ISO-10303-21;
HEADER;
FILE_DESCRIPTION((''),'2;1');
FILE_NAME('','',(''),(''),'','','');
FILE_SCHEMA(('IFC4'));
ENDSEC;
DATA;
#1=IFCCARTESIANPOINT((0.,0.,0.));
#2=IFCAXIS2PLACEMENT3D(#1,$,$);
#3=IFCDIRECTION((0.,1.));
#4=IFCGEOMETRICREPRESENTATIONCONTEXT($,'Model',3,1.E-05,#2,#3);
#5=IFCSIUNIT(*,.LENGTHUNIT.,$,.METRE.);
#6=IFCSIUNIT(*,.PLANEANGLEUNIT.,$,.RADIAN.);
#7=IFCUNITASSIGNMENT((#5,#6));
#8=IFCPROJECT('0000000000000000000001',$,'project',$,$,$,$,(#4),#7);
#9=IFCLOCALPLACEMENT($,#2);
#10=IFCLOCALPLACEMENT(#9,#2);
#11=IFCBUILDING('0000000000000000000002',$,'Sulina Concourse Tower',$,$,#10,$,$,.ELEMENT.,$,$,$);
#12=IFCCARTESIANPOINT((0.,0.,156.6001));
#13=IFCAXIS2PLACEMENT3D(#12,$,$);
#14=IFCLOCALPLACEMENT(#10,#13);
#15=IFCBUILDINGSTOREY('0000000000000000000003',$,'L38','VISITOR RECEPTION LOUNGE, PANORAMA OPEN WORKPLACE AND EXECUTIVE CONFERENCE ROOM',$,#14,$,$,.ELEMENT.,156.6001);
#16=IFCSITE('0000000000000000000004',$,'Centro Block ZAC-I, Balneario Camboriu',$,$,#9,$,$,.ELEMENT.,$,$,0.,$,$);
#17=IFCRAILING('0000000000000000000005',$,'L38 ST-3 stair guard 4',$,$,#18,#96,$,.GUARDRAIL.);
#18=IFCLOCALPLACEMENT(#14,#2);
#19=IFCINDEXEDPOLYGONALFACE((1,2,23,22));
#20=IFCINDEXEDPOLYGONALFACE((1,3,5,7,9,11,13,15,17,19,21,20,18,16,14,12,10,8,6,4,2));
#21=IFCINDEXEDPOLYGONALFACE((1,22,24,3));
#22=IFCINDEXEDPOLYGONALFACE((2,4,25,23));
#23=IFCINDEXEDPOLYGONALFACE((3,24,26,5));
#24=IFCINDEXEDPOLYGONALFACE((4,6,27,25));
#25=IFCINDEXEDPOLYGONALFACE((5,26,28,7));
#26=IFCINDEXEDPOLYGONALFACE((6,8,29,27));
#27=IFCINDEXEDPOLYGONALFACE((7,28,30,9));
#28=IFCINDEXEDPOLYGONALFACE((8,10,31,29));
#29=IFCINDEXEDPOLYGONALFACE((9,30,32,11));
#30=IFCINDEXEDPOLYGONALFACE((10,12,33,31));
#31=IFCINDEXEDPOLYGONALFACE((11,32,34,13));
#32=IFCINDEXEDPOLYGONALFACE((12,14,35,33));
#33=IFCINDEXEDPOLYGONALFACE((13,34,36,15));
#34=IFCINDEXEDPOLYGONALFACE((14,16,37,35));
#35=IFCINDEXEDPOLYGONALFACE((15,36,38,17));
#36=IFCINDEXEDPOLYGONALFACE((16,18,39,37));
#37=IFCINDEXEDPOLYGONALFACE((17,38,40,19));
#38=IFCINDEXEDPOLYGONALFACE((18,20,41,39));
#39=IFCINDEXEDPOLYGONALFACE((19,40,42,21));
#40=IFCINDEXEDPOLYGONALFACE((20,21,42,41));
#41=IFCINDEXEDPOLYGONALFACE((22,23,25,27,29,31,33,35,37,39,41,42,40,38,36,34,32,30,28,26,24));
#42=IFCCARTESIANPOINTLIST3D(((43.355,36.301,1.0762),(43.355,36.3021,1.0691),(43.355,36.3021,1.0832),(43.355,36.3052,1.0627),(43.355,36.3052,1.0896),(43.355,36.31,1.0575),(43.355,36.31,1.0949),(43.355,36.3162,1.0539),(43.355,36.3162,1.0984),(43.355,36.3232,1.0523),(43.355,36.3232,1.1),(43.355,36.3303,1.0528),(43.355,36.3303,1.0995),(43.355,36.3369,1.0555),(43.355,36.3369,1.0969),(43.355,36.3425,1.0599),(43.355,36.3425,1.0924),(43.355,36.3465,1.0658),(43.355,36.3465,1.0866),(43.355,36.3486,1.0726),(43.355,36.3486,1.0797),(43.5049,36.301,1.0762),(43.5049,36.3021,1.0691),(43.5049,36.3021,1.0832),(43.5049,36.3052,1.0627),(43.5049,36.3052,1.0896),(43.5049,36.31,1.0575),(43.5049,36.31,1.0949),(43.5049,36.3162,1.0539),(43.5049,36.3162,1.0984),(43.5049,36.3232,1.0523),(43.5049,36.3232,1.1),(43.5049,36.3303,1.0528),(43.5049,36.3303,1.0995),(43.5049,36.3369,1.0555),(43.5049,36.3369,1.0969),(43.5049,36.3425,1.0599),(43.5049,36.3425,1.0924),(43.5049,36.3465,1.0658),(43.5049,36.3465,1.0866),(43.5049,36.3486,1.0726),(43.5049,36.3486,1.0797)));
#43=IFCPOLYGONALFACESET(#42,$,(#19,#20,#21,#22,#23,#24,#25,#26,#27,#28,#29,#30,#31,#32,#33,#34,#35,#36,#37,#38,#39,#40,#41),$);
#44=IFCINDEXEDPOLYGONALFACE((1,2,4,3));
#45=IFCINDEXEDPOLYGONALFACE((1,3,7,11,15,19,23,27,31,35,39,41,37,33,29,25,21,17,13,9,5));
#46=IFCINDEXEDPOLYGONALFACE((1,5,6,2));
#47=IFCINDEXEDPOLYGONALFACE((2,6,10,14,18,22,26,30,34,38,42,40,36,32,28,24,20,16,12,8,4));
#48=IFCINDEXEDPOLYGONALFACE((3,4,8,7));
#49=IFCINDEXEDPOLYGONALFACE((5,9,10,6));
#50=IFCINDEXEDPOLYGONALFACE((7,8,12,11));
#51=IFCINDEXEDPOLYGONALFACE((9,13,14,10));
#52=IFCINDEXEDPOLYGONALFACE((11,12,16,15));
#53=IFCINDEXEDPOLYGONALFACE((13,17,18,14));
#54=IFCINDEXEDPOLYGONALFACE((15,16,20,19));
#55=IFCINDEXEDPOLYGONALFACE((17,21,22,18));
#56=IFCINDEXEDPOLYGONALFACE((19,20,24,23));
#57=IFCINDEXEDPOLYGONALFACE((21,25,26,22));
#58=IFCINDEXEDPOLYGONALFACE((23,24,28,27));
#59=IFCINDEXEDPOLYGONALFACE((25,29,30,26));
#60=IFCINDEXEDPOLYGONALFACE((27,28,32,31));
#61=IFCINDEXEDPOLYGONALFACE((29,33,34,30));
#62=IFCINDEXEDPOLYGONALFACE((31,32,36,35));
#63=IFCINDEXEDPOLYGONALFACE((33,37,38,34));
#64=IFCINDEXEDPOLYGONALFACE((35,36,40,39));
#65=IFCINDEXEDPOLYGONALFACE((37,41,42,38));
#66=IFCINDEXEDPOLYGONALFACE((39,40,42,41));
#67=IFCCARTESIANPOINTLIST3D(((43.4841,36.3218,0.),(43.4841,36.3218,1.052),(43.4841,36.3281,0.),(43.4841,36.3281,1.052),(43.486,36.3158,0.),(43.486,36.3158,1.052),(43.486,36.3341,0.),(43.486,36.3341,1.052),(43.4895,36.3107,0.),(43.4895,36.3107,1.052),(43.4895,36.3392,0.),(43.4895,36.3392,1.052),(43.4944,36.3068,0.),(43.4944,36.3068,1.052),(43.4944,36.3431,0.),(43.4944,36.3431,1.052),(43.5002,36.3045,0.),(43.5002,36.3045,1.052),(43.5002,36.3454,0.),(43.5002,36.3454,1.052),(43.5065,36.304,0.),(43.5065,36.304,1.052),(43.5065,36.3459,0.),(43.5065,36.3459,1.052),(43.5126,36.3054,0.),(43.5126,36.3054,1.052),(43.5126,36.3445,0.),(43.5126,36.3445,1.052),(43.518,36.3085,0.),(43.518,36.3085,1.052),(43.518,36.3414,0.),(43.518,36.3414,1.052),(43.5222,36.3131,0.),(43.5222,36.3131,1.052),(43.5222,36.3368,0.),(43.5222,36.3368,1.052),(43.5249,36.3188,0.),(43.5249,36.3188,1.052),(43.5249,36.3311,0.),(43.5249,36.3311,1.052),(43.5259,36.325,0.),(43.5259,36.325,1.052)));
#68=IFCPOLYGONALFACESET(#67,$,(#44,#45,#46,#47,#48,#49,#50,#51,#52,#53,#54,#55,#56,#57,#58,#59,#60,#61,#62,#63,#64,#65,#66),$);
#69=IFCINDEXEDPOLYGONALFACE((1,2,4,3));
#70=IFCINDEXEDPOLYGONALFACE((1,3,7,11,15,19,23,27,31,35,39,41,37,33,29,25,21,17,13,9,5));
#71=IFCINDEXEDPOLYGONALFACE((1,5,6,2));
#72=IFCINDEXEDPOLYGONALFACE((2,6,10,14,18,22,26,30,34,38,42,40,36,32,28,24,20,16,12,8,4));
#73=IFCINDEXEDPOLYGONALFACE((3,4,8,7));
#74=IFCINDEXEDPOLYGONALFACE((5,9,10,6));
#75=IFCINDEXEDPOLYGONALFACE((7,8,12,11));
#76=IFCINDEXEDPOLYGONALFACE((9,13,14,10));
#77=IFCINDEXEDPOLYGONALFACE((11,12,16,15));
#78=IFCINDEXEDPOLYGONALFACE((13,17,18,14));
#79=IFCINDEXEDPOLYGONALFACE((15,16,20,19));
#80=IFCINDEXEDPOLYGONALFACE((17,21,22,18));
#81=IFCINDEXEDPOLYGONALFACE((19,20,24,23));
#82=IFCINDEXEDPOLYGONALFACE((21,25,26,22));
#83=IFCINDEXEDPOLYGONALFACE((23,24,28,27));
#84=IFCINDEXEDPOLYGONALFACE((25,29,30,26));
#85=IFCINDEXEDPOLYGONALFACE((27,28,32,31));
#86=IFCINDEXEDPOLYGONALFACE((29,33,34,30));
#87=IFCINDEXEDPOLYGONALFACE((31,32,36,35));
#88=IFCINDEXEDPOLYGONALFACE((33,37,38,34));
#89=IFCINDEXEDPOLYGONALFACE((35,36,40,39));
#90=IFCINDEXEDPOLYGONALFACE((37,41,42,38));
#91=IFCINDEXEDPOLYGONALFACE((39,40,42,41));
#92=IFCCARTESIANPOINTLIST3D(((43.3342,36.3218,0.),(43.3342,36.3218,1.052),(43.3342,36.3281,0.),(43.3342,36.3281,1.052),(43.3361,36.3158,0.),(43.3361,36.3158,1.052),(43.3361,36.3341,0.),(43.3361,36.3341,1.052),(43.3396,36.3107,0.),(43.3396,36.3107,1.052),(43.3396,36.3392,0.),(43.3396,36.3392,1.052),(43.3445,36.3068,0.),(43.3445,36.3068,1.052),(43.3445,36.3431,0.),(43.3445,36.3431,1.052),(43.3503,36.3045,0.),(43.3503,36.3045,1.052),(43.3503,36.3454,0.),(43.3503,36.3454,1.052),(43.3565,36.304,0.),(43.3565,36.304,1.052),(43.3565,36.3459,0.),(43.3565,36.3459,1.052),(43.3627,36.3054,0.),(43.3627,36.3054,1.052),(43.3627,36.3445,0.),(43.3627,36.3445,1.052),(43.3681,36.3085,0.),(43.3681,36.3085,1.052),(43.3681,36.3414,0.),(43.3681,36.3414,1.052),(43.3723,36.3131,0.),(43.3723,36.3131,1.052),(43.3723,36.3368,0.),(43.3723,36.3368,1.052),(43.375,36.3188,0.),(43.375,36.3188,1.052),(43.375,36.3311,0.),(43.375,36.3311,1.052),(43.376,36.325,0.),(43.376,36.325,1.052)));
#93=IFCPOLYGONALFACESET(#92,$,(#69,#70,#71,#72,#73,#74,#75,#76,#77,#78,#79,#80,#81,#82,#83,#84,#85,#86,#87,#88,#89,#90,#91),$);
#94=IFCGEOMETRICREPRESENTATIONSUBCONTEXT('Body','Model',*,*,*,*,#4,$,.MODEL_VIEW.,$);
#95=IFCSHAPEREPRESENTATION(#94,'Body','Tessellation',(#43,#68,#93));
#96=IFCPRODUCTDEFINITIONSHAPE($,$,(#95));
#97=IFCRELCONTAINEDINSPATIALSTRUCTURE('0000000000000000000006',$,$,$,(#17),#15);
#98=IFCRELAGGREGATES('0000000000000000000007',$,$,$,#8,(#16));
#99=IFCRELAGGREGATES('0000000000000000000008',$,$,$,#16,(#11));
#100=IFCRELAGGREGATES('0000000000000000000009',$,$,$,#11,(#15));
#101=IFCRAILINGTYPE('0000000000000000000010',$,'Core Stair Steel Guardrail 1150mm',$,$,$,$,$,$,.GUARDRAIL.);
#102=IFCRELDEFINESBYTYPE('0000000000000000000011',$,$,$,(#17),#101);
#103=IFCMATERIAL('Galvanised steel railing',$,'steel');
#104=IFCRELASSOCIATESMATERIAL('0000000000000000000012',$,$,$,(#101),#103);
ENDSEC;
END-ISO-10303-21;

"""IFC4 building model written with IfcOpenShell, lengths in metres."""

from ifc_helpers import new_model, si_unit, direction, frame, origin, origin_2d, place, context, subcontext, project, spatial, circle, extrude, material, type_object, element, save


model = new_model("IFC4")

# Units and contexts
model_context = context("Model", 3, precision=1e-05, world=origin(), true_north=direction((0.0, 1.0)))
body_context = subcontext(model_context, "Body", "Model", "MODEL_VIEW")
ifc_project = project(units=[si_unit("LENGTHUNIT", "METRE"), si_unit("PLANEANGLEUNIT", "RADIAN")], contexts=[model_context])

# Site, building, storey
site_placement = place(None, origin())
site = spatial("IfcSite", under=ifc_project, at=site_placement, Name="Centro Block ZAC-I, Balneario Camboriu", CompositionType="ELEMENT", RefElevation=0.0)
building_placement = place(site_placement, origin())
building = spatial("IfcBuilding", under=site, at=building_placement, Name="Sulina Concourse Tower", CompositionType="ELEMENT")
storey_placement = place(building_placement, frame((0.0, 0.0, 156.6001)))
storey = spatial("IfcBuildingStorey", under=building, at=storey_placement, Name="L38", Description="VISITOR RECEPTION LOUNGE, PANORAMA OPEN WORKPLACE AND EXECUTIVE CONFERENCE ROOM", CompositionType="ELEMENT", Elevation=156.6001)

# Railing
ifc_material_1 = material(Name="Galvanised steel railing", Category="steel")
railing_type_1 = type_object("IfcRailingType", Name="Core Stair Steel Guardrail 1150mm", PredefinedType="GUARDRAIL", material=ifc_material_1)
railing_1_placement = place(storey_placement, frame((43.5049, 36.325, 0.0)))
element("IfcRailing", 1, at=railing_1_placement, inside=storey, type_object=railing_type_1, Name="L38 ST-3 stair guard 4", PredefinedType="GUARDRAIL", context=body_context, shape_type="SweptSolid", body=[
    extrude(circle(Radius=0.0239, at=origin_2d()), frame((0.0, 0.0, 1.0762), z_axis=(-1.0, 0.0, 0.0), x_axis=(0.0, -1.0, 0.0)), (0.0, 0.0, 1.0), 0.1499),
    extrude(circle(Radius=0.021, at=origin_2d()), origin(), (0.0, 0.0, 1.0), 1.052),
    extrude(circle(Radius=0.021, at=origin_2d()), frame((-0.1499, 0.0, 0.0)), (0.0, 0.0, 1.0), 1.052),
])

save(model, "model.ifc")
